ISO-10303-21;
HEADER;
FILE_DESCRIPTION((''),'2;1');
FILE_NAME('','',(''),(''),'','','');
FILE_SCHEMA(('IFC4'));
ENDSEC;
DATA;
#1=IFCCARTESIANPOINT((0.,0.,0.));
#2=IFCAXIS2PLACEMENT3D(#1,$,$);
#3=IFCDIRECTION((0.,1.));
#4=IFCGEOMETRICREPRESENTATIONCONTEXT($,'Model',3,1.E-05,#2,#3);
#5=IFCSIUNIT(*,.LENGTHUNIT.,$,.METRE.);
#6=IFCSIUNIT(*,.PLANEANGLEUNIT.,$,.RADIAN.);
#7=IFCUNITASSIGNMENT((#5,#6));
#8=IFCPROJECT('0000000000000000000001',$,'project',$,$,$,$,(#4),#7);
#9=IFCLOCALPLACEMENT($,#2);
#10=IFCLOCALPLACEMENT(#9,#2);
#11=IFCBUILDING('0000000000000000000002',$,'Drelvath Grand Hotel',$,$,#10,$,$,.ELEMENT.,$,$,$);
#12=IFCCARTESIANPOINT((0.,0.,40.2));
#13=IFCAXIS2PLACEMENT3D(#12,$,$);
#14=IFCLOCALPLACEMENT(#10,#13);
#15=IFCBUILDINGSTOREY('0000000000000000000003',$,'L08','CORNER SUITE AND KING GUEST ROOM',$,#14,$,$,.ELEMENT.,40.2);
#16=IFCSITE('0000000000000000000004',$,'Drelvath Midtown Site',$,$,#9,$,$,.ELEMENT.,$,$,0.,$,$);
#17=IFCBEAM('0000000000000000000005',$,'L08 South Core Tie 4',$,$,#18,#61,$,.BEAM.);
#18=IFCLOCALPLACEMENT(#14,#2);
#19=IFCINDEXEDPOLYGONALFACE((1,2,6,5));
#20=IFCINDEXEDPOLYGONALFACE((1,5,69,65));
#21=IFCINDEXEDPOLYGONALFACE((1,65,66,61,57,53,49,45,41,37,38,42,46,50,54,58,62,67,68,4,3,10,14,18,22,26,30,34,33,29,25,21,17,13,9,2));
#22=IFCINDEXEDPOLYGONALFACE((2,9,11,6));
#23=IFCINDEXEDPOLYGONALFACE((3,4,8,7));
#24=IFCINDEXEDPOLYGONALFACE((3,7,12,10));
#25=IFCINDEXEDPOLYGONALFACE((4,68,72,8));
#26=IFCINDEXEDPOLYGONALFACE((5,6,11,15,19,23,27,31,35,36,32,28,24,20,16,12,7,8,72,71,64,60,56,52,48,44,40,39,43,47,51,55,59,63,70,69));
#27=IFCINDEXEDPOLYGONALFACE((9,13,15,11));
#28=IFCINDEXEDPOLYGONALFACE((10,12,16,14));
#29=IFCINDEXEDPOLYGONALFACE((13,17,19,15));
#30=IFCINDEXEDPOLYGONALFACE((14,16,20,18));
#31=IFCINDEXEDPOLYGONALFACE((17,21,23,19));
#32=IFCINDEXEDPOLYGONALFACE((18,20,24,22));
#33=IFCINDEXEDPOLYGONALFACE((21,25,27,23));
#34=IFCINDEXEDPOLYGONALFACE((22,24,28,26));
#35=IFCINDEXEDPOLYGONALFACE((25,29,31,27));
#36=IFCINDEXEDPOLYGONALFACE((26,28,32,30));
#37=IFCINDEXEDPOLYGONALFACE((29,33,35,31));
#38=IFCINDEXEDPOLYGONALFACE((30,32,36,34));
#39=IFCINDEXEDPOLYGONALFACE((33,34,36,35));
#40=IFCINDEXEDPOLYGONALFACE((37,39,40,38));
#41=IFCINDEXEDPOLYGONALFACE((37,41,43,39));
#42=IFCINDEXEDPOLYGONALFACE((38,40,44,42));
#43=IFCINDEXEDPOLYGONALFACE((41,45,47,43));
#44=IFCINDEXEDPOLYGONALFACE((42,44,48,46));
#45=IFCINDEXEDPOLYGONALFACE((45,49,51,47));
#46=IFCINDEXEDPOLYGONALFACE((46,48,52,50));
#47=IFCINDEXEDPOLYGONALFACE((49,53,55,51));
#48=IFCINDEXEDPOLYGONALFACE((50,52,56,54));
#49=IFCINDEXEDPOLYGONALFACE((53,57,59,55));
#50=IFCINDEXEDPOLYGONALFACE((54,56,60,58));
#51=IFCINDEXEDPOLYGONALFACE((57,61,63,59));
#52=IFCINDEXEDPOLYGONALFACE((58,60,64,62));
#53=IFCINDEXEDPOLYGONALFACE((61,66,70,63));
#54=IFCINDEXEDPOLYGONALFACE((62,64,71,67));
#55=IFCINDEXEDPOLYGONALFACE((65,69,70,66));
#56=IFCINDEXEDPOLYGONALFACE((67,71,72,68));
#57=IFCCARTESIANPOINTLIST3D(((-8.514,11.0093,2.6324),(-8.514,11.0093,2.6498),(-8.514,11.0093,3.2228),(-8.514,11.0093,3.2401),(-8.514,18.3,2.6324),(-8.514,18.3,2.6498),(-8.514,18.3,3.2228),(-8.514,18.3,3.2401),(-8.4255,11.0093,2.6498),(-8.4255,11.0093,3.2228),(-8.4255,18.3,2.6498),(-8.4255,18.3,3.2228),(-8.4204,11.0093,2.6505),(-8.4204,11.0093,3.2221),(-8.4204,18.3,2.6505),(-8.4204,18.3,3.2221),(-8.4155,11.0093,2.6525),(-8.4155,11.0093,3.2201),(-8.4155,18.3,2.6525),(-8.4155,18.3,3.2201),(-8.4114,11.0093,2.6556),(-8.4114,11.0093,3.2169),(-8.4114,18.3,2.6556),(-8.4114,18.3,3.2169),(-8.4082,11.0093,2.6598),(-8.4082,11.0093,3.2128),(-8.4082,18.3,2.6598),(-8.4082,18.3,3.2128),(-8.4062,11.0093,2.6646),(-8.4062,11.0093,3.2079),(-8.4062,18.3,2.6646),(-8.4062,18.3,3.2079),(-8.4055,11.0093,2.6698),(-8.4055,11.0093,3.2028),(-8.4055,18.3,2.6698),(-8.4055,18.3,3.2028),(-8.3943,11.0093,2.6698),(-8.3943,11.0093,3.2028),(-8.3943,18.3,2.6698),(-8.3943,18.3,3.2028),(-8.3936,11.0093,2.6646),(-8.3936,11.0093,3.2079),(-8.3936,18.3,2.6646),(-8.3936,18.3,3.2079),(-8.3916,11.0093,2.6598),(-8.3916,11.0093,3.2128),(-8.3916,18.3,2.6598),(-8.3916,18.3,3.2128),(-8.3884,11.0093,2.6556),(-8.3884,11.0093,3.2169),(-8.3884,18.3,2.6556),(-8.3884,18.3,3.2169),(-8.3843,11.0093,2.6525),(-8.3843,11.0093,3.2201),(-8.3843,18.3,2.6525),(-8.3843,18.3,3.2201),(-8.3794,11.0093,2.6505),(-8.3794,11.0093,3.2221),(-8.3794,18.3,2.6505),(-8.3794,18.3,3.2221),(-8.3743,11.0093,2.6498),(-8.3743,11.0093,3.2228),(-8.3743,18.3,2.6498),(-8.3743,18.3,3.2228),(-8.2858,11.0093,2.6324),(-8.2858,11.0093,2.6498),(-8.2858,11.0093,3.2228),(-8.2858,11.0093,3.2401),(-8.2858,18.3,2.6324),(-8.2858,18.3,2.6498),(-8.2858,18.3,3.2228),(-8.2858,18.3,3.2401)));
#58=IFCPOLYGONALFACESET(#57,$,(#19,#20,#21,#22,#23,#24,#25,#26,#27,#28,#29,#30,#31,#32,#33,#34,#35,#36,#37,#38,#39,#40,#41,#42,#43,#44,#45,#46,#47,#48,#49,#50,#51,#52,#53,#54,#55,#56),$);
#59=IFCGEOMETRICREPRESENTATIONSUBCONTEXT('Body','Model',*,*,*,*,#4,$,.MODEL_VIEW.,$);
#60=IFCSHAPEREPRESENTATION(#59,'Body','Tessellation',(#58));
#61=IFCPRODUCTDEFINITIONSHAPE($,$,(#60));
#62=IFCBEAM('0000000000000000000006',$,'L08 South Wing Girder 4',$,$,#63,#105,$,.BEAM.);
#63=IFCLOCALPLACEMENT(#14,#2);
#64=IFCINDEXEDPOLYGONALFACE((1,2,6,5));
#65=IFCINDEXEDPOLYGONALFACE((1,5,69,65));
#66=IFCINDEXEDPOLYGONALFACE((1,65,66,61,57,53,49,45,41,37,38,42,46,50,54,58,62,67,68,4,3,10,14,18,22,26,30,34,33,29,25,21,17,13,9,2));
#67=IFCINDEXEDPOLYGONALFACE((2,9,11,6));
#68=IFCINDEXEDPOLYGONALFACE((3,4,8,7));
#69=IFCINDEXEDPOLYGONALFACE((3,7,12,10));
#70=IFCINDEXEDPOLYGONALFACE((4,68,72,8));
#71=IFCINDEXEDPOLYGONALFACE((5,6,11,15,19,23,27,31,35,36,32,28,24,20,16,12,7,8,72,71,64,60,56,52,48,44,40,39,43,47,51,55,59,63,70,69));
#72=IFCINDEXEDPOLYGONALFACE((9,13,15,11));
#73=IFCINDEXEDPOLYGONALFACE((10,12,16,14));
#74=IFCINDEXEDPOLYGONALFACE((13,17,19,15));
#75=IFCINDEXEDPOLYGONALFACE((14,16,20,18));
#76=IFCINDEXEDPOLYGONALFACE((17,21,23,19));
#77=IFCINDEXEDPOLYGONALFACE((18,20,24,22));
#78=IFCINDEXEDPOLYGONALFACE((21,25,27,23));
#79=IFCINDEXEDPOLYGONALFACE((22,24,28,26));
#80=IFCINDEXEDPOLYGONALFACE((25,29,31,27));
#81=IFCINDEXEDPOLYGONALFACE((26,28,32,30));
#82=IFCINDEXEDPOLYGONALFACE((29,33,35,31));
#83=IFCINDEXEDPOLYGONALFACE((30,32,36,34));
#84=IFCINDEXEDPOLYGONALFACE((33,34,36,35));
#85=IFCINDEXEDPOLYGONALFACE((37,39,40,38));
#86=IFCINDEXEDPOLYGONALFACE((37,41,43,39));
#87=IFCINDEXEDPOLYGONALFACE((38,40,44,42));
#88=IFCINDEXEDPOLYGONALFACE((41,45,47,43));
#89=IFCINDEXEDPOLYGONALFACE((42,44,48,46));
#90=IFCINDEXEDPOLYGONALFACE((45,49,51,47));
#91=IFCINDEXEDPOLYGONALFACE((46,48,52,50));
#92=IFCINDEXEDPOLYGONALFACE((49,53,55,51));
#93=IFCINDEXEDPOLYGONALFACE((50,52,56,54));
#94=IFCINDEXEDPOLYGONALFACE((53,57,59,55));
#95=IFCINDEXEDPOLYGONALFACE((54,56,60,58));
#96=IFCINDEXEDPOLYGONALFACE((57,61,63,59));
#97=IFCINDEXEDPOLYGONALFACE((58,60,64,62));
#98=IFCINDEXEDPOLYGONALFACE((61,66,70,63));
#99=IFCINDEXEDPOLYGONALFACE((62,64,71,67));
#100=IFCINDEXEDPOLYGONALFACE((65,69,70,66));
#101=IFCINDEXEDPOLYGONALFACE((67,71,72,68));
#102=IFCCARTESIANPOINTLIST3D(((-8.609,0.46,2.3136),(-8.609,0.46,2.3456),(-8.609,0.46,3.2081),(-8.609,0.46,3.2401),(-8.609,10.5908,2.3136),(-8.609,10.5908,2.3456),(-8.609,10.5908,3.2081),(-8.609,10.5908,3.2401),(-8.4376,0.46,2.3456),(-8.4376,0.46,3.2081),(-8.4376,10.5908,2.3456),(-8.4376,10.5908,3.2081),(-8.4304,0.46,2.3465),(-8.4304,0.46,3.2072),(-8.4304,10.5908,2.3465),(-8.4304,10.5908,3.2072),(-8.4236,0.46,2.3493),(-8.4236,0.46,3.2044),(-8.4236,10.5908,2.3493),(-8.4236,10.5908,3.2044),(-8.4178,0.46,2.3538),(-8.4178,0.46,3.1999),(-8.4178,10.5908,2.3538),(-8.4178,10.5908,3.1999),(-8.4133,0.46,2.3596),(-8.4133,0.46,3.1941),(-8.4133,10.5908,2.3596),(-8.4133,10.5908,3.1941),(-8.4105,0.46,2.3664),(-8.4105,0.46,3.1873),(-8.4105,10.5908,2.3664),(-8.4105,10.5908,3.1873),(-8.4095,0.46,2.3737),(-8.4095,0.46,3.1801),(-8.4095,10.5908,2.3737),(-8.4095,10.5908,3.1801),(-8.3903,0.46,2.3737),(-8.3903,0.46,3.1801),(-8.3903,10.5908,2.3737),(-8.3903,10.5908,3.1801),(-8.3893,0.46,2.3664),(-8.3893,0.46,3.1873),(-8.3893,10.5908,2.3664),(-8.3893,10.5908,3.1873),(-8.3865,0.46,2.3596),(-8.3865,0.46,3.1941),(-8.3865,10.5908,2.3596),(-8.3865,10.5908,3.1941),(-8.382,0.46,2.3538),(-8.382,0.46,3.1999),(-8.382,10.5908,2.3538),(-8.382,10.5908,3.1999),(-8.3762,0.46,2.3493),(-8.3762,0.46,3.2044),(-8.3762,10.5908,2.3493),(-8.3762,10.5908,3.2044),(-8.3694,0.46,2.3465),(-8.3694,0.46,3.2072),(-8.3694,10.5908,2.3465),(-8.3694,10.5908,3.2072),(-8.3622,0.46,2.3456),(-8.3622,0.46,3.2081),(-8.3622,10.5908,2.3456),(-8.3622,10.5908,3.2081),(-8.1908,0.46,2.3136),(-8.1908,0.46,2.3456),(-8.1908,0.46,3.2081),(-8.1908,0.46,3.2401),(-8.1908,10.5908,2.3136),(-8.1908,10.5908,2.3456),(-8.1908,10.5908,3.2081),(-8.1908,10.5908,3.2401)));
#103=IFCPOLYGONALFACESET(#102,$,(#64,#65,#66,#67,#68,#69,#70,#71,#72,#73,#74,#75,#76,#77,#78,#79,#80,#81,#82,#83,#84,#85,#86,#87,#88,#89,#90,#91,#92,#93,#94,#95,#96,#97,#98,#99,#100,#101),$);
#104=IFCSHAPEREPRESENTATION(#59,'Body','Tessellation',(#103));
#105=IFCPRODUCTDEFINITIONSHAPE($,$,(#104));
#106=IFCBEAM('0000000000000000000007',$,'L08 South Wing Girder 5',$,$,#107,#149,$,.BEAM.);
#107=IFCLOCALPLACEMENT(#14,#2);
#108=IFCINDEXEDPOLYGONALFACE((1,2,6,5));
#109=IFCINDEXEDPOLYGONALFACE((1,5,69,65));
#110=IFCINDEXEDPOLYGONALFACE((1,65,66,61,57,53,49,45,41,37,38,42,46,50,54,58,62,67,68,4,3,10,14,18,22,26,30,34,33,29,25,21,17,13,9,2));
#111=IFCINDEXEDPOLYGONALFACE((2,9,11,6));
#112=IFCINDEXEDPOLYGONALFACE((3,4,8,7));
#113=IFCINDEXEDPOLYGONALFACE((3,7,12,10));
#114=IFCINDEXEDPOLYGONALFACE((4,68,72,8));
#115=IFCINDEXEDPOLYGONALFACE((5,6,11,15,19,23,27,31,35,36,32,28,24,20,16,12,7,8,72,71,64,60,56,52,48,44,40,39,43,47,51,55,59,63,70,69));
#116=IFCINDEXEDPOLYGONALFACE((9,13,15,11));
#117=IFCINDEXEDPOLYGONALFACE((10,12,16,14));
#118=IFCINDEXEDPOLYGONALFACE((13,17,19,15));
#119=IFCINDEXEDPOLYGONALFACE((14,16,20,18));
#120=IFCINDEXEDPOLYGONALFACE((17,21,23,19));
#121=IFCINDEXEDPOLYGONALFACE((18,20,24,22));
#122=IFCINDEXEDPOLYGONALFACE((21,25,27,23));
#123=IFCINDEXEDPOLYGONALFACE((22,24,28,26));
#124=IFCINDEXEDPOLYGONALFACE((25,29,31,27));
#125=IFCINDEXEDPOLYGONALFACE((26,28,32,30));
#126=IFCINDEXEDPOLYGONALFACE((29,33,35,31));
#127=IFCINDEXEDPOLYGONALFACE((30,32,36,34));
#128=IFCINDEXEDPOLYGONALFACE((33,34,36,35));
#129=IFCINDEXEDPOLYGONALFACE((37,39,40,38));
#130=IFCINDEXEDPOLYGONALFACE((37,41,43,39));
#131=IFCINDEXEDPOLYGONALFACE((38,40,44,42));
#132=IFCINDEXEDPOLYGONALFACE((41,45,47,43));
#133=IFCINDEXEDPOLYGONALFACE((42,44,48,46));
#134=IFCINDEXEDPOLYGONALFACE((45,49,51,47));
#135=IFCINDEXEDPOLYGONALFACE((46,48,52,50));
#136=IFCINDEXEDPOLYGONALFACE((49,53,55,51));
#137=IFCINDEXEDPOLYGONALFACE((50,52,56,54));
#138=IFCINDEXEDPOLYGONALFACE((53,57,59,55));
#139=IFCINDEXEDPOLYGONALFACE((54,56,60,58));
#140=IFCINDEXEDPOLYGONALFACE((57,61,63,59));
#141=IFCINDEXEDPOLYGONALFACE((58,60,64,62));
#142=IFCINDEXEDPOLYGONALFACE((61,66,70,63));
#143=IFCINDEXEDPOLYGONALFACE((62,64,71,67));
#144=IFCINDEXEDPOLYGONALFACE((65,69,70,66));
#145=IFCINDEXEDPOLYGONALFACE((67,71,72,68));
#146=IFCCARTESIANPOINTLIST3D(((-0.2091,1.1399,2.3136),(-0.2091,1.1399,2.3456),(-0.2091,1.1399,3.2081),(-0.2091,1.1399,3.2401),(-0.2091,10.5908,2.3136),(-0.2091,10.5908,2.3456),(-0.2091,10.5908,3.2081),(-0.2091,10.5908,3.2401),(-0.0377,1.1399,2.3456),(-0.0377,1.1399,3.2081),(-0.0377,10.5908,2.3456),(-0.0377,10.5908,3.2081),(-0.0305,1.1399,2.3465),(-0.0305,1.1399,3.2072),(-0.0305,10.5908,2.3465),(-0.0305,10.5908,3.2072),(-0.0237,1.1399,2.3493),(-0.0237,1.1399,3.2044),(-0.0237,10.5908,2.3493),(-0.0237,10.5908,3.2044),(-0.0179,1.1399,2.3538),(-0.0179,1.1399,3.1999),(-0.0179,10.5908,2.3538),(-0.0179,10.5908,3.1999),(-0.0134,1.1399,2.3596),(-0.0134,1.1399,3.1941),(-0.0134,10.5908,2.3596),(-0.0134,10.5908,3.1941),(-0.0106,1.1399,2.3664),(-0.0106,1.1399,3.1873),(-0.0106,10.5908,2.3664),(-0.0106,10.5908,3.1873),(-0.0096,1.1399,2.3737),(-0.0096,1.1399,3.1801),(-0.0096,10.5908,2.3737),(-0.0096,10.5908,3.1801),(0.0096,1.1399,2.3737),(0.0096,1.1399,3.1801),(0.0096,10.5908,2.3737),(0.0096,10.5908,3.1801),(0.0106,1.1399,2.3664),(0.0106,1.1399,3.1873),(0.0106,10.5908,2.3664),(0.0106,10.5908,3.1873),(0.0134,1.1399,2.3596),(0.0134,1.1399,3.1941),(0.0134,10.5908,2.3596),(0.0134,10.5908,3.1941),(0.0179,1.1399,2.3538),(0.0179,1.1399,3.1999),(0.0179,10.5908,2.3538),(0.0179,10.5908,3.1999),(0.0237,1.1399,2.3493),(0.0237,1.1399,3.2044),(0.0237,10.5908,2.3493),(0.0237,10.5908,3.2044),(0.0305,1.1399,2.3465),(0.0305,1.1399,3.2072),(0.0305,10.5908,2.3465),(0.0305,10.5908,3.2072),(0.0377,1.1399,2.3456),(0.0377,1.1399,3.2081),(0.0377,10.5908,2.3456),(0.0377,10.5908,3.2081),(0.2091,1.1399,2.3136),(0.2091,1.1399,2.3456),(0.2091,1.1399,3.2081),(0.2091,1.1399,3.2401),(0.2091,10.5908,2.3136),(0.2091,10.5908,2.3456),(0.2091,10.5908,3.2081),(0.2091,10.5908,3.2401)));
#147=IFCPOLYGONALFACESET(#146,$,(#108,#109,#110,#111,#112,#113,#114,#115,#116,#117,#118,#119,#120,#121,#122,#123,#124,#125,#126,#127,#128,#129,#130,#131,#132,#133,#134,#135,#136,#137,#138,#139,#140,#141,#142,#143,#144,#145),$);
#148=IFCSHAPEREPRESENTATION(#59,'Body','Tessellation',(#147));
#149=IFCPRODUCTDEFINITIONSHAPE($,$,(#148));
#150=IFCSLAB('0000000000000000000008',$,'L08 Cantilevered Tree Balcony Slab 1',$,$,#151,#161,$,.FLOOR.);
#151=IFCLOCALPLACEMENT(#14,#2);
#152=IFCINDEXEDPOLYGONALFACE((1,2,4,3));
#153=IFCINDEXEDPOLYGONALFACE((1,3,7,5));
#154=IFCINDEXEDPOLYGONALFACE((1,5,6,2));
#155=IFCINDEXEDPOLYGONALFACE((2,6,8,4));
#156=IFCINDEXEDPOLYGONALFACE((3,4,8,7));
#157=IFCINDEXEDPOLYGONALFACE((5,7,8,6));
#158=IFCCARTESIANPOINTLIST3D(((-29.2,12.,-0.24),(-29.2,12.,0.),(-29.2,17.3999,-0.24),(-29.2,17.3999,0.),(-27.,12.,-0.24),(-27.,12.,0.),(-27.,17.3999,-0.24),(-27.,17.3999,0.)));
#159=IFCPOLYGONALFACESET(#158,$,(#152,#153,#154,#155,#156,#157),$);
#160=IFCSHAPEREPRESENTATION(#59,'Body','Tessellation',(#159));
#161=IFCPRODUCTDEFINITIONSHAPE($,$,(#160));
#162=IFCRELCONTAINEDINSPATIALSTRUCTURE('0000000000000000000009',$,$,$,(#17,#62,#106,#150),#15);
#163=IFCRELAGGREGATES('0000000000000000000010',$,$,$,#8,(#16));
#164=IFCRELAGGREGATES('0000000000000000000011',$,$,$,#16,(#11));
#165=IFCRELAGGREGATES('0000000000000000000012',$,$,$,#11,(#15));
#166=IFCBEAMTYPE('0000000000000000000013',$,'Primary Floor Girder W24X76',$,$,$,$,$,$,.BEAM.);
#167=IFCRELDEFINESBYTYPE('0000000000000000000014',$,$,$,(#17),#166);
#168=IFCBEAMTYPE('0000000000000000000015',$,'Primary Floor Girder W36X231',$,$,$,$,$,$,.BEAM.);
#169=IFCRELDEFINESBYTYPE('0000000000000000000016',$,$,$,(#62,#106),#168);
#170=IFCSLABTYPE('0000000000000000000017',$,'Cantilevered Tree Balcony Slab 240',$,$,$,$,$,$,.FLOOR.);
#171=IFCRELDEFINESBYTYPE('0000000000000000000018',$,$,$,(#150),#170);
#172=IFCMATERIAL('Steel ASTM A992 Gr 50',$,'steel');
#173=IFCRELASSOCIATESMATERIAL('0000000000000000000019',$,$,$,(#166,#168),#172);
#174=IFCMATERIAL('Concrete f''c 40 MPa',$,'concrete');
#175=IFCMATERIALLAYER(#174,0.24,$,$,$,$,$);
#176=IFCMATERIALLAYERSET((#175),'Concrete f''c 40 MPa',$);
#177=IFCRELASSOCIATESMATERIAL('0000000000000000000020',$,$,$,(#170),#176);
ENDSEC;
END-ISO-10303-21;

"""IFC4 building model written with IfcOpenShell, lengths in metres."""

from ifc_helpers import new_model, si_unit, direction, frame, origin, origin_2d, place, context, subcontext, project, spatial, polyline, i_section, outline, extrude, material, layer, layer_set, material_profile, profile_set, type_object, element, save


model = new_model("IFC4")

# Units and contexts
model_context = context("Model", 3, precision=1e-05, world=origin(), true_north=direction((0.0, 1.0)))
body_context = subcontext(model_context, "Body", "Model", "MODEL_VIEW")
ifc_project = project(units=[si_unit("LENGTHUNIT", "METRE"), si_unit("PLANEANGLEUNIT", "RADIAN")], contexts=[model_context])

# Site, building, storey
site_placement = place(None, origin())
site = spatial("IfcSite", under=ifc_project, at=site_placement, Name="Drelvath Midtown Site", CompositionType="ELEMENT", RefElevation=0.0)
building_placement = place(site_placement, origin())
building = spatial("IfcBuilding", under=site, at=building_placement, Name="Drelvath Grand Hotel", CompositionType="ELEMENT")
storey_placement = place(building_placement, frame((0.0, 0.0, 40.2)))
storey = spatial("IfcBuildingStorey", under=building, at=storey_placement, Name="L08", Description="CORNER SUITE AND KING GUEST ROOM", CompositionType="ELEMENT", Elevation=40.2)

# Shared definitions
ifc_material_1 = material(Name="Steel ASTM A992 Gr 50", Category="steel")

# Beams
ifc_material_profile_1 = material_profile(ifc_material_1, i_section(OverallWidth=0.2283, OverallDepth=0.6077, WebThickness=0.0112, FlangeThickness=0.0173, FilletRadius=0.02, at=origin_2d()), Name="W24X76")
ifc_profile_set_1 = profile_set([ifc_material_profile_1], Name="Steel ASTM A992 Gr 50")
beam_type_1 = type_object("IfcBeamType", Name="Primary Floor Girder W24X76", PredefinedType="BEAM", material=ifc_profile_set_1)
beam_1_placement = place(storey_placement, frame((-8.3999, 11.0093, 2.9363), z_axis=(0.0, 1.0, 0.0), x_axis=(-1.0, 0.0, 0.0)))
element("IfcBeam", 1, at=beam_1_placement, inside=storey, type_object=beam_type_1, Name="L08 South Core Tie 4", PredefinedType="BEAM", context=body_context, shape_type="SweptSolid", body=[
    extrude(i_section(OverallWidth=0.2283, OverallDepth=0.6077, WebThickness=0.0112, FlangeThickness=0.0173, FilletRadius=0.02, at=origin_2d()), origin(), (0.0, 0.0, 1.0), 7.2908),
])
ifc_material_profile_2 = material_profile(ifc_material_1, i_section(OverallWidth=0.4182, OverallDepth=0.9265, WebThickness=0.0193, FlangeThickness=0.032, FilletRadius=0.0281, at=origin_2d()), Name="W36X231")
ifc_profile_set_2 = profile_set([ifc_material_profile_2], Name="Steel ASTM A992 Gr 50")
beam_type_2 = type_object("IfcBeamType", Name="Primary Floor Girder W36X231", PredefinedType="BEAM", material=ifc_profile_set_2)
beam_2_placement = place(storey_placement, frame((-8.3999, 0.46, 2.7769), z_axis=(0.0, 1.0, 0.0), x_axis=(-1.0, 0.0, 0.0)))
element("IfcBeam", 2, at=beam_2_placement, inside=storey, type_object=beam_type_2, Name="L08 South Wing Girder 4", PredefinedType="BEAM", context=body_context, shape_type="SweptSolid", body=[
    extrude(i_section(OverallWidth=0.4182, OverallDepth=0.9265, WebThickness=0.0193, FlangeThickness=0.032, FilletRadius=0.0281, at=origin_2d()), origin(), (0.0, 0.0, 1.0), 10.1309),
])
beam_3_placement = place(storey_placement, frame((0.0, 1.1399, 2.7769), z_axis=(0.0, 1.0, 0.0), x_axis=(-1.0, 0.0, 0.0)))
element("IfcBeam", 3, at=beam_3_placement, inside=storey, type_object=beam_type_2, Name="L08 South Wing Girder 5", PredefinedType="BEAM", context=body_context, shape_type="SweptSolid", body=[
    extrude(i_section(OverallWidth=0.4182, OverallDepth=0.9265, WebThickness=0.0193, FlangeThickness=0.032, FilletRadius=0.0281, at=origin_2d()), origin(), (0.0, 0.0, 1.0), 9.4509),
])

# Slab
ifc_material_2 = material(Name="Concrete f'c 40 MPa", Category="concrete")
ifc_layer_1 = layer(ifc_material_2, 0.24)
ifc_layer_set_1 = layer_set([ifc_layer_1], Name="Concrete f'c 40 MPa")
slab_type_1 = type_object("IfcSlabType", Name="Cantilevered Tree Balcony Slab 240", PredefinedType="FLOOR", material=ifc_layer_set_1)
slab_1_placement = place(storey_placement, frame((0.0, 0.0, -0.24)))
element("IfcSlab", 4, at=slab_1_placement, inside=storey, type_object=slab_type_1, Name="L08 Cantilevered Tree Balcony Slab 1", PredefinedType="FLOOR", context=body_context, shape_type="SweptSolid", body=[
    extrude(outline(polyline([(-29.2, 12.0), (-27.0, 12.0), (-27.0, 17.3999), (-29.2, 17.3999), (-29.2, 12.0)])), origin(), (0.0, 0.0, 1.0), 0.24),
])

save(model, "model.ifc")
